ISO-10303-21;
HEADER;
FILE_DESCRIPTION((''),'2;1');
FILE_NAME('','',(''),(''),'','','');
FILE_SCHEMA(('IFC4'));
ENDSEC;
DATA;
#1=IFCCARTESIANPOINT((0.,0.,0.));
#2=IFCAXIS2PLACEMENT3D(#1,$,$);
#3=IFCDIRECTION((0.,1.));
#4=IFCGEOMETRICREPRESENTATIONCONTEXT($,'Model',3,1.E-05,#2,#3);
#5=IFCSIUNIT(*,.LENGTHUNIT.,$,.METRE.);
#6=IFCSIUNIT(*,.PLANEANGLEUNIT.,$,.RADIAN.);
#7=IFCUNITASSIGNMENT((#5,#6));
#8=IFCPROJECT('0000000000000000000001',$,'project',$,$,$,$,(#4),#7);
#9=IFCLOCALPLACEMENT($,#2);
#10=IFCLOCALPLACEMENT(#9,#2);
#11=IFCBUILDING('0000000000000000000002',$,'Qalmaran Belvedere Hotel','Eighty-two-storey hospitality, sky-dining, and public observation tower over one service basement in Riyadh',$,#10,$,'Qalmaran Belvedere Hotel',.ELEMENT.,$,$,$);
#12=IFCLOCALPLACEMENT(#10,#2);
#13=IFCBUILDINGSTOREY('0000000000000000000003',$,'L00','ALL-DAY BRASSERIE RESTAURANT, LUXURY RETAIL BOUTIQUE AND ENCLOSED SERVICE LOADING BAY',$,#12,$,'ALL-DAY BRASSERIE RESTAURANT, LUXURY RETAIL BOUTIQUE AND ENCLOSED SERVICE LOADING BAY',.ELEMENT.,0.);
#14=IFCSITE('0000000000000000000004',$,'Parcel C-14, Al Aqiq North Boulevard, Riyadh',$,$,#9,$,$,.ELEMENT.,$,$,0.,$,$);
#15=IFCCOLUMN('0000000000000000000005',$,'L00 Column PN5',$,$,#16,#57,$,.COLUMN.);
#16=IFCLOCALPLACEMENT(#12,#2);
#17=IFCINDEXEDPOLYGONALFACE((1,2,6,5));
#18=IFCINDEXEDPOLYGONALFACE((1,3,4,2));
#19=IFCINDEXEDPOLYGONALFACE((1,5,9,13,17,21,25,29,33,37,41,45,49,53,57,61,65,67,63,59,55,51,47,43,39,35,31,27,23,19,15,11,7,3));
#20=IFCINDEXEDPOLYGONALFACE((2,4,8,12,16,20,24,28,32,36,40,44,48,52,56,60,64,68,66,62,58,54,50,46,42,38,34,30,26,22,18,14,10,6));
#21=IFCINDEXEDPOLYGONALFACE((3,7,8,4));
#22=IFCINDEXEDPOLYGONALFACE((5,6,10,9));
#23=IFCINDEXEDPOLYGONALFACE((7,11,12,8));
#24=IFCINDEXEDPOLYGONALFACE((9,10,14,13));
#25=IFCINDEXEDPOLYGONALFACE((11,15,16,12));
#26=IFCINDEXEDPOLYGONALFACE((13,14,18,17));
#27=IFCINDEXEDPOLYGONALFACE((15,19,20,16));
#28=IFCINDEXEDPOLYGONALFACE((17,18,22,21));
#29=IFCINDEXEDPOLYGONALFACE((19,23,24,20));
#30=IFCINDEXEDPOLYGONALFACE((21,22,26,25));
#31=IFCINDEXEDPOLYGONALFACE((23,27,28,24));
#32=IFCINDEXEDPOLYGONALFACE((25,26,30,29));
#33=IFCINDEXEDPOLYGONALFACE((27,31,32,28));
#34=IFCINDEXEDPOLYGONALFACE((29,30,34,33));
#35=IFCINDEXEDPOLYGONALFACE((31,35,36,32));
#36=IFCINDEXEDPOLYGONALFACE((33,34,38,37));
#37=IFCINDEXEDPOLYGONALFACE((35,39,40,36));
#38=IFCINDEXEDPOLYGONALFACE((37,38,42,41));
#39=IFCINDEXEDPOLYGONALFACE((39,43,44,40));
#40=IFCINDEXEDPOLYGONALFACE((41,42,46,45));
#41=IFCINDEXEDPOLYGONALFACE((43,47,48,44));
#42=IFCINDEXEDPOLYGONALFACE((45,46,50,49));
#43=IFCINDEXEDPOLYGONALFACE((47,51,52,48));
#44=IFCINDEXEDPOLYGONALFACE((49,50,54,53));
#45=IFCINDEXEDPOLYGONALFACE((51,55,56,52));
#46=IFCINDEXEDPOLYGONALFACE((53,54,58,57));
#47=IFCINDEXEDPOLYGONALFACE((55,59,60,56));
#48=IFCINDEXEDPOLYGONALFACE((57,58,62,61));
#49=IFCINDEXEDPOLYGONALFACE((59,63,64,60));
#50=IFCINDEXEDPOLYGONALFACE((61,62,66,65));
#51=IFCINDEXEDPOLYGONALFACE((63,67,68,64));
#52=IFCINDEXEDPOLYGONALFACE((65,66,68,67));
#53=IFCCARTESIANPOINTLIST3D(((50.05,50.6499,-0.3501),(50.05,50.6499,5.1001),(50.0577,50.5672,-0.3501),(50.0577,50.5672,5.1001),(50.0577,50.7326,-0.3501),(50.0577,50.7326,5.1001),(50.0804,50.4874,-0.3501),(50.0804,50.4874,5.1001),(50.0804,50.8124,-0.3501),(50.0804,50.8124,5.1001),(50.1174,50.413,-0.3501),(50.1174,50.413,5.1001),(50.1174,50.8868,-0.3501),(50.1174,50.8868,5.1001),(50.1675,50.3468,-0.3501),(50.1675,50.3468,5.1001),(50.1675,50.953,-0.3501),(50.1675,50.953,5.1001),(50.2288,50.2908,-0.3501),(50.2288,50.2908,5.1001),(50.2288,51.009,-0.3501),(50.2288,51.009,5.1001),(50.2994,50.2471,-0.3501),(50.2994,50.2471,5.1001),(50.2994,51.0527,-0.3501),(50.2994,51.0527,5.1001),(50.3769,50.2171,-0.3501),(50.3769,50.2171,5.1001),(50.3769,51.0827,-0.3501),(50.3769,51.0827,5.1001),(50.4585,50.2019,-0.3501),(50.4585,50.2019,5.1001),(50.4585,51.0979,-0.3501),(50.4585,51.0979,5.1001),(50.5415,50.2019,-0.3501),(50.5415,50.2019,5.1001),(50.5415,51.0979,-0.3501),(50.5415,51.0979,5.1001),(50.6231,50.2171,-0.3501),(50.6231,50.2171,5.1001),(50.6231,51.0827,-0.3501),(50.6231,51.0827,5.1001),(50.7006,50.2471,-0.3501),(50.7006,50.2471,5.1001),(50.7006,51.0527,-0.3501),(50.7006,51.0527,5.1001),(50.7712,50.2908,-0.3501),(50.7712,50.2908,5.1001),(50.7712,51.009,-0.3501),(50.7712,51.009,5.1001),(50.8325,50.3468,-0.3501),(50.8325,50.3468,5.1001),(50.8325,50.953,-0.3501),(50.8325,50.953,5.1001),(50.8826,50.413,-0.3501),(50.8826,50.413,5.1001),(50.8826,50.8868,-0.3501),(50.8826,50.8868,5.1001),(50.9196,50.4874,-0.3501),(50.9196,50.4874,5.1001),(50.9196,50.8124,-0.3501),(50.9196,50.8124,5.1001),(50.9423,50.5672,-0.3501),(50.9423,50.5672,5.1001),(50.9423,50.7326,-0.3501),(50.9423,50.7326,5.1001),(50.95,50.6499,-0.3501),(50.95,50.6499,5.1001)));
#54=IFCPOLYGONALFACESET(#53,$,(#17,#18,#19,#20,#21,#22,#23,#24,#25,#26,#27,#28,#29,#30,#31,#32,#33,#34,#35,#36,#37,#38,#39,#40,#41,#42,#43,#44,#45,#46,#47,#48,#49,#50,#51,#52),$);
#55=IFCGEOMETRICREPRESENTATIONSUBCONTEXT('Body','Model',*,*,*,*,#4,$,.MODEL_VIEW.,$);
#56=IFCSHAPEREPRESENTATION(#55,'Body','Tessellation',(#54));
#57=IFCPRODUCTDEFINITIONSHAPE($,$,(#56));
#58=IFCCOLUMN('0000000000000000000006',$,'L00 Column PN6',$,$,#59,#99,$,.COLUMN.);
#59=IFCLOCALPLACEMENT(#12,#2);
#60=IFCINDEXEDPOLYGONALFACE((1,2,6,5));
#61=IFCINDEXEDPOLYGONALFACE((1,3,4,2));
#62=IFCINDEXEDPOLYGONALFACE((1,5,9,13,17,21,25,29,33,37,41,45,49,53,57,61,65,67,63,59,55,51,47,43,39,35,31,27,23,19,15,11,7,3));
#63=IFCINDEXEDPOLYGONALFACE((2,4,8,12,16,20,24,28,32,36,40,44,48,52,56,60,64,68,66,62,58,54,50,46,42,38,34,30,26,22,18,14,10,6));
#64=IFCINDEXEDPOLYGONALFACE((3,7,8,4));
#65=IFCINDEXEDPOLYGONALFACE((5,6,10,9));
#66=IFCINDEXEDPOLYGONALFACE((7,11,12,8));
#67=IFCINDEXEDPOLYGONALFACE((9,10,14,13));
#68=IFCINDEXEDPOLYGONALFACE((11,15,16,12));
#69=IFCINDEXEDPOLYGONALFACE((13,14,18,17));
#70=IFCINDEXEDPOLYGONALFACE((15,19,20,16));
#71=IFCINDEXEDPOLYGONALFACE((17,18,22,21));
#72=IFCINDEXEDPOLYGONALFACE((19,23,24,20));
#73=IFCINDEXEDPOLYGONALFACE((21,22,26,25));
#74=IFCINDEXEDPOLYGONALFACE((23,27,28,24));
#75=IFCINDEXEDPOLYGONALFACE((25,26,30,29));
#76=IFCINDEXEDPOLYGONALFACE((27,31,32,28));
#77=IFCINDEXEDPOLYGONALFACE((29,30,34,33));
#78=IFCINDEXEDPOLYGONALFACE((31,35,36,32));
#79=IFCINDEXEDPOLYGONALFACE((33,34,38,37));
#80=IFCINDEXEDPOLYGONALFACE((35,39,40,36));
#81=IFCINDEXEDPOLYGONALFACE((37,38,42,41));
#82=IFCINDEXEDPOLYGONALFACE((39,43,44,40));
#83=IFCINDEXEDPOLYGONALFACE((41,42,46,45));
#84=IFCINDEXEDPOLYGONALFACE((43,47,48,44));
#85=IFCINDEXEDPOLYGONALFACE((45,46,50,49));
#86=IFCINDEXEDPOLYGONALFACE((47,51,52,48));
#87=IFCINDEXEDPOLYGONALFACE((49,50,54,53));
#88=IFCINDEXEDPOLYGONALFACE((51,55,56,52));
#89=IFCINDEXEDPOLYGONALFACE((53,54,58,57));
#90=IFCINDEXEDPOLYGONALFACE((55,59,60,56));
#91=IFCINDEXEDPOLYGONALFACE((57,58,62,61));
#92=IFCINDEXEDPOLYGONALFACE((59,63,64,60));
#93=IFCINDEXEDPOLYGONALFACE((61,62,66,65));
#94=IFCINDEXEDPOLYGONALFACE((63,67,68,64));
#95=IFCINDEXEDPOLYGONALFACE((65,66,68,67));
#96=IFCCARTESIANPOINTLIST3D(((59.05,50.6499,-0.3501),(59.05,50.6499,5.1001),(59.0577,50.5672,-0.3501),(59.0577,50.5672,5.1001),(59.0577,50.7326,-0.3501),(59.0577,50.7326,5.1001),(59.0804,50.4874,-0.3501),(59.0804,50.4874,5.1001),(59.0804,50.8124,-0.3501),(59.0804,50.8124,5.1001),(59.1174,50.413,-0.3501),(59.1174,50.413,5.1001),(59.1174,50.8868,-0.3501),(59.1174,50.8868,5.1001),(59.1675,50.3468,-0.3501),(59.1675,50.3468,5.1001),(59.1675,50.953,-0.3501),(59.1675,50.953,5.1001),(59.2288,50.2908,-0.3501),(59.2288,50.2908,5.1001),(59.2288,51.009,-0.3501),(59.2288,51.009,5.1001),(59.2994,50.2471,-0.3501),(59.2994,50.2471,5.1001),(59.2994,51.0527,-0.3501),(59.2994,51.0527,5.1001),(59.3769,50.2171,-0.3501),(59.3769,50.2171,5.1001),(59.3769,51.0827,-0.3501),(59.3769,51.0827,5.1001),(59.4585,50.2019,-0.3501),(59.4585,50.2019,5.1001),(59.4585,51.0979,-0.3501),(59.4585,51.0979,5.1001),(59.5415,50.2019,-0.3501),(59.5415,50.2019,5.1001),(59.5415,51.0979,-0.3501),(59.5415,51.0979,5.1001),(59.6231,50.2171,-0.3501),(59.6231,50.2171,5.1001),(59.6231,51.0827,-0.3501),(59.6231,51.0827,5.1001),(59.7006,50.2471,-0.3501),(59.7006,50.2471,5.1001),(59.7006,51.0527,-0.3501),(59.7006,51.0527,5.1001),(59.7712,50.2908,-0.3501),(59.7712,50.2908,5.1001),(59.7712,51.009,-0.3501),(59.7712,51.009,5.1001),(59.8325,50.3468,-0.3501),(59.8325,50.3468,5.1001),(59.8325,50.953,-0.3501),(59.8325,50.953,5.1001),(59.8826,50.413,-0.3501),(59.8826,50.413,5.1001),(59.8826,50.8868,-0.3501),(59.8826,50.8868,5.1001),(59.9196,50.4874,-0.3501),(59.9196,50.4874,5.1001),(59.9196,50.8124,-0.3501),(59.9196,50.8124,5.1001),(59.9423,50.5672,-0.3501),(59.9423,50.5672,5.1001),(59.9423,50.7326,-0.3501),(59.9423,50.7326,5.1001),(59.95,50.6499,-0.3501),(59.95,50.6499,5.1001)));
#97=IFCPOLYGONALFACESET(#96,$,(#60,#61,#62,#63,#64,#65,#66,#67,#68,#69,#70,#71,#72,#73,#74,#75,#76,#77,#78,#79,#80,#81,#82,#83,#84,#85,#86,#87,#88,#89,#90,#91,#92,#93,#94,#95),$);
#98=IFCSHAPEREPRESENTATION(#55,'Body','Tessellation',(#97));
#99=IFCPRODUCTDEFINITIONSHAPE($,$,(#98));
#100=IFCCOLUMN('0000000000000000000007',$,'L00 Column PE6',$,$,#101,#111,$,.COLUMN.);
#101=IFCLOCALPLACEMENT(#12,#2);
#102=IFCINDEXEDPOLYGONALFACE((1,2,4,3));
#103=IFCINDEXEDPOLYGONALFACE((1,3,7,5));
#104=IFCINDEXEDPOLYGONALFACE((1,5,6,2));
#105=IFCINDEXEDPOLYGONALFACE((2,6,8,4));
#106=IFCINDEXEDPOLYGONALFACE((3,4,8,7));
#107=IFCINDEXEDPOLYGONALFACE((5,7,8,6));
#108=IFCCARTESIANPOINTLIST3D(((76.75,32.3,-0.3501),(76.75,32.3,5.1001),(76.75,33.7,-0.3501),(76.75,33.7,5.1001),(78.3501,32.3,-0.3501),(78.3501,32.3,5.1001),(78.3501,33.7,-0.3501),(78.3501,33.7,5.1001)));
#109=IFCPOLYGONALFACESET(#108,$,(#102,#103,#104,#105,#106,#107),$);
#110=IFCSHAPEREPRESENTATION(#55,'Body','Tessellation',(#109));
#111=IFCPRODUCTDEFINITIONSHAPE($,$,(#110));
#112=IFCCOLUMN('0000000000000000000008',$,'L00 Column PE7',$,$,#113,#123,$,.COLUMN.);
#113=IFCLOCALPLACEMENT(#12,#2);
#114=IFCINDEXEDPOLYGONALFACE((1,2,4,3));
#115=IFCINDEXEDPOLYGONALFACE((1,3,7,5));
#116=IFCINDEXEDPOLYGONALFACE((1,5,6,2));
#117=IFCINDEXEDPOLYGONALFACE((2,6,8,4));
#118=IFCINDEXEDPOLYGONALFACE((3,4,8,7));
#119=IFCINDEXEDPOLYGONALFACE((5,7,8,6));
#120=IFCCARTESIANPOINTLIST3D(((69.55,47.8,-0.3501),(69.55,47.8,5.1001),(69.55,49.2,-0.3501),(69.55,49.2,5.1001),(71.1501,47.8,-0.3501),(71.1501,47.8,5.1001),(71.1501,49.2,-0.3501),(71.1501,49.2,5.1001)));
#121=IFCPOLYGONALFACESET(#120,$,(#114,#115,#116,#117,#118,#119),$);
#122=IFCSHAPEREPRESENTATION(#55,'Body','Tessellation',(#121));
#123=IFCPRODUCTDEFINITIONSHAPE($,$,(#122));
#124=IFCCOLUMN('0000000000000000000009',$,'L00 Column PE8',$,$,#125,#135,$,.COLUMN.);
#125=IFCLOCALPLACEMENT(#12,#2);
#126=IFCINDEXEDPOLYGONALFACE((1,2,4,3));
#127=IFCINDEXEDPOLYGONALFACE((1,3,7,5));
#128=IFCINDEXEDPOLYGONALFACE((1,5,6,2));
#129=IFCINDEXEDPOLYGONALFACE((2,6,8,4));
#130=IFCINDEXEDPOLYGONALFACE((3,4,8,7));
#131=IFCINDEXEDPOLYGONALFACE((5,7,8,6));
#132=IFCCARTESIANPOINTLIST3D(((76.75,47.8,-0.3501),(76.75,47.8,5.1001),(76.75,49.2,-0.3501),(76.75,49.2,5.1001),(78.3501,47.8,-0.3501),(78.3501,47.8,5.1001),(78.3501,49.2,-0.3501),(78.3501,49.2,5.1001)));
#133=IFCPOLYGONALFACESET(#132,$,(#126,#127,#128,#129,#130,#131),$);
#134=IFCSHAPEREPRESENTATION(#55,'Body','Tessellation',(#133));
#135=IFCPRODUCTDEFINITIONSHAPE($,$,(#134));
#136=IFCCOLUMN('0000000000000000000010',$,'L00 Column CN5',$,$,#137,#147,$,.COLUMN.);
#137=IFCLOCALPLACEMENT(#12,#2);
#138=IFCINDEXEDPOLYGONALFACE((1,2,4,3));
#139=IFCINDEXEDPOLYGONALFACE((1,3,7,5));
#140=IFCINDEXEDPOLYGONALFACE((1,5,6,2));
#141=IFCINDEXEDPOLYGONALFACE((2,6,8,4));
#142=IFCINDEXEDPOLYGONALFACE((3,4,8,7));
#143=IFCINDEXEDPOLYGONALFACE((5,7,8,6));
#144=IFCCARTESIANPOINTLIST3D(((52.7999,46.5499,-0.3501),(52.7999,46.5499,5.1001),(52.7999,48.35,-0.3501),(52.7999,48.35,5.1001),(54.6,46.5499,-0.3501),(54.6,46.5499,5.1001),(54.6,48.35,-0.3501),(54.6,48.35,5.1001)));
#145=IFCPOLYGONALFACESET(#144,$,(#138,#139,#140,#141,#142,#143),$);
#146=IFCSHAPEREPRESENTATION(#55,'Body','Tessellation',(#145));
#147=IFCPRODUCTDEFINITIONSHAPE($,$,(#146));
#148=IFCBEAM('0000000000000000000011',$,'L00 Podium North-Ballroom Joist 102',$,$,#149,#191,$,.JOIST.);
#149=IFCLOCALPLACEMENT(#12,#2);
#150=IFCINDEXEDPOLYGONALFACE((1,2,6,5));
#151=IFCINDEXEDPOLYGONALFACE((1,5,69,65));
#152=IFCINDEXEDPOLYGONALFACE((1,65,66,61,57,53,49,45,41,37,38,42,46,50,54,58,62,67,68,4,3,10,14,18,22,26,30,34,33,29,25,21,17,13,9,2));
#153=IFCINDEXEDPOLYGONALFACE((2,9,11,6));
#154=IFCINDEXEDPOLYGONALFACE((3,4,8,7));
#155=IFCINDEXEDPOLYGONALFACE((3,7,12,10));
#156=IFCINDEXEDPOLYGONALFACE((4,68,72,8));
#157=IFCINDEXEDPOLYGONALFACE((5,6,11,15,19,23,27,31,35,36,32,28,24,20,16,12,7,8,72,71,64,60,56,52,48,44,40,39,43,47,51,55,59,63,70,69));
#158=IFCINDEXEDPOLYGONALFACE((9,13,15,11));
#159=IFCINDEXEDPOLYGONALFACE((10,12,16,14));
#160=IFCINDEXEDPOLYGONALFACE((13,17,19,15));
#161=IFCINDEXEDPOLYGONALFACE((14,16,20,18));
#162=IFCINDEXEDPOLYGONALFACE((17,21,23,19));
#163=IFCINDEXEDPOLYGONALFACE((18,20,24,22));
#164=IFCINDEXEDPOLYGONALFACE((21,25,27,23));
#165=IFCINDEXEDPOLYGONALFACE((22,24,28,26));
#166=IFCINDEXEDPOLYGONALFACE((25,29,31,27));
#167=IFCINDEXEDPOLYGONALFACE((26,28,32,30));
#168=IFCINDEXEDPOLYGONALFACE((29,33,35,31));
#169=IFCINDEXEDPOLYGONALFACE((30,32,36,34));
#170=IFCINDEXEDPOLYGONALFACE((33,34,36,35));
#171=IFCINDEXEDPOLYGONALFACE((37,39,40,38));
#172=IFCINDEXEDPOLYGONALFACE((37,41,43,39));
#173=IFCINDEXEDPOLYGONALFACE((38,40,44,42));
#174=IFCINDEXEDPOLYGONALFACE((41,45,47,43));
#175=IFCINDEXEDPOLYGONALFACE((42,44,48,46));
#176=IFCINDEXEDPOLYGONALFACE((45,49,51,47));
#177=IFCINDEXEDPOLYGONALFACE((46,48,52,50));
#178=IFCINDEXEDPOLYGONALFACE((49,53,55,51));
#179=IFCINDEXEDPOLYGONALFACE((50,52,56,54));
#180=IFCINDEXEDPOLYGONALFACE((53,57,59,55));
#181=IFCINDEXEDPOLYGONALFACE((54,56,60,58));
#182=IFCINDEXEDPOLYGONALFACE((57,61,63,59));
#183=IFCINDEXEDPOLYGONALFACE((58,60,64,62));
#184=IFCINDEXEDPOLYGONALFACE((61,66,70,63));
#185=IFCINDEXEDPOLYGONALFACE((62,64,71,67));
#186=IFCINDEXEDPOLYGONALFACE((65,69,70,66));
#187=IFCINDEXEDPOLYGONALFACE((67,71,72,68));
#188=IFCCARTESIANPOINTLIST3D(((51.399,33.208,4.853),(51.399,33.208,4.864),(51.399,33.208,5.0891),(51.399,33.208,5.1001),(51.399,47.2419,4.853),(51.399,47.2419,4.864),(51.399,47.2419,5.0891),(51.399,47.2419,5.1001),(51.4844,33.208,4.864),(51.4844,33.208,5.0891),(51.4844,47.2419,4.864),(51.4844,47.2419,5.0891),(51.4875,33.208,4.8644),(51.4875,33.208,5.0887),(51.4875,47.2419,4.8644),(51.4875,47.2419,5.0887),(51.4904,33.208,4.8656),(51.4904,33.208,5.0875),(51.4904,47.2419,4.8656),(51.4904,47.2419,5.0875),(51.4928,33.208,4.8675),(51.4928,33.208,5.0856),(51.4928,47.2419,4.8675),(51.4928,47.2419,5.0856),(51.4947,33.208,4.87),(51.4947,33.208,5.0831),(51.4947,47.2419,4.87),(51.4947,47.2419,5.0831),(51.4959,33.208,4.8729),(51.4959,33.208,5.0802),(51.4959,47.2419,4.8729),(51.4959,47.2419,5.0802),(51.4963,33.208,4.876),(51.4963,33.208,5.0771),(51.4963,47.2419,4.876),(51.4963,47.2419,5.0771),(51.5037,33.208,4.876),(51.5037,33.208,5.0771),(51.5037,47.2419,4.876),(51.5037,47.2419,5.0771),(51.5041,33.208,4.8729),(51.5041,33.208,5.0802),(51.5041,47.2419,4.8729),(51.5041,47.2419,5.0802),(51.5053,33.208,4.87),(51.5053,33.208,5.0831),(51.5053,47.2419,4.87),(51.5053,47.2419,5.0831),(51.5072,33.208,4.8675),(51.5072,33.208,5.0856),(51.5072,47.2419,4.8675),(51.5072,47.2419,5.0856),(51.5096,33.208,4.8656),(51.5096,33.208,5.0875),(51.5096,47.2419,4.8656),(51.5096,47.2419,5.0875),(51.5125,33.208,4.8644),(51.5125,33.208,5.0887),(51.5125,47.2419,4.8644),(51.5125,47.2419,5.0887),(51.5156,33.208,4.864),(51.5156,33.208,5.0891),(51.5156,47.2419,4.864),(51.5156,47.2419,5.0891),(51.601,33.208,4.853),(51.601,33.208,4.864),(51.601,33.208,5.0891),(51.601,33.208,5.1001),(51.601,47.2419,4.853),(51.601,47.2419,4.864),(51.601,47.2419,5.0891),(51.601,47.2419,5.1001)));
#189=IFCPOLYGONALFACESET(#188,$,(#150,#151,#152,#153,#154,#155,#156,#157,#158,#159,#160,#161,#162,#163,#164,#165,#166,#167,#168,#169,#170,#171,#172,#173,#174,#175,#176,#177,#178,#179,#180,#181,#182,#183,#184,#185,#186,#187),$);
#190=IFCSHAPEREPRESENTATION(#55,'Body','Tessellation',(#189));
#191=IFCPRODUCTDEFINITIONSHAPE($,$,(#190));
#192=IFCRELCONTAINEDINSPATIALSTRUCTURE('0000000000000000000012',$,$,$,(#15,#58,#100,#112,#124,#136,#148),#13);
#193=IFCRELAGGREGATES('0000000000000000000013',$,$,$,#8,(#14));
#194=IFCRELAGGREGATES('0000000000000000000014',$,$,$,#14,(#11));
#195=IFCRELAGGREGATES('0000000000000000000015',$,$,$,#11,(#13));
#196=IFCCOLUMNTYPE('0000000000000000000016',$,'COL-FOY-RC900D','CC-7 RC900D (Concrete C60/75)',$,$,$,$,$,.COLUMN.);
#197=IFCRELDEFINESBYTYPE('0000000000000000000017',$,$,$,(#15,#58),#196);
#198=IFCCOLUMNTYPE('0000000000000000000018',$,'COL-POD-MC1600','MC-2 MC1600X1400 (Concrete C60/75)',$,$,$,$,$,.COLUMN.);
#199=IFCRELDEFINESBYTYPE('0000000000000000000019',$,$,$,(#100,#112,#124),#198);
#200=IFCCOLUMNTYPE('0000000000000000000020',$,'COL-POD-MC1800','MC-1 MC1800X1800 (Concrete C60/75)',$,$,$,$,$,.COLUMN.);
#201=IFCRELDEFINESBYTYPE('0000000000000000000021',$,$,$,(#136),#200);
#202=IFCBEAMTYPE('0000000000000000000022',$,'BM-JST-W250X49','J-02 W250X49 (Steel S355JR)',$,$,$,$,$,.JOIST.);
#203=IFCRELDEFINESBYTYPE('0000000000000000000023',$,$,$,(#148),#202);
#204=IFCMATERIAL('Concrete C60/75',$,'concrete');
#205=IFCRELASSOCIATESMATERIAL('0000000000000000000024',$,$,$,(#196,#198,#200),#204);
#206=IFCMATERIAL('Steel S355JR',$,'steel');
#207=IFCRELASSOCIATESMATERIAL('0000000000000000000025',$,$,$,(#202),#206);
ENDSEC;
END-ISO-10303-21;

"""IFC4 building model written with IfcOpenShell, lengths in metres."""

from ifc_helpers import new_model, si_unit, direction, frame, origin, origin_2d, place, context, subcontext, project, spatial, rectangle, circle, i_section, extrude, material, material_profile, profile_set, type_object, element, save


model = new_model("IFC4")

# Units and contexts
model_context = context("Model", 3, precision=1e-05, world=origin(), true_north=direction((0.0, 1.0)))
body_context = subcontext(model_context, "Body", "Model", "MODEL_VIEW")
ifc_project = project(units=[si_unit("LENGTHUNIT", "METRE"), si_unit("PLANEANGLEUNIT", "RADIAN")], contexts=[model_context])

# Site, building, storey
site_placement = place(None, origin())
site = spatial("IfcSite", under=ifc_project, at=site_placement, Name="Parcel C-14, Al Aqiq North Boulevard, Riyadh", CompositionType="ELEMENT", RefElevation=0.0)
building_placement = place(site_placement, origin())
building = spatial("IfcBuilding", under=site, at=building_placement, Name="Qalmaran Belvedere Hotel", Description="Eighty-two-storey hospitality, sky-dining, and public observation tower over one service basement in Riyadh", LongName="Qalmaran Belvedere Hotel", CompositionType="ELEMENT")
storey_placement = place(building_placement, origin())
storey = spatial("IfcBuildingStorey", under=building, at=storey_placement, Name="L00", Description="ALL-DAY BRASSERIE RESTAURANT, LUXURY RETAIL BOUTIQUE AND ENCLOSED SERVICE LOADING BAY", LongName="ALL-DAY BRASSERIE RESTAURANT, LUXURY RETAIL BOUTIQUE AND ENCLOSED SERVICE LOADING BAY", CompositionType="ELEMENT", Elevation=0.0)

# Columns
ifc_material_1 = material(Name="Concrete C60/75", Category="concrete")
ifc_material_profile_1 = material_profile(ifc_material_1, circle(Radius=0.45, at=origin_2d()), Name="RC900D")
ifc_profile_set_1 = profile_set([ifc_material_profile_1], Name="Concrete C60/75")
column_type_1 = type_object("IfcColumnType", Name="COL-FOY-RC900D", Description="CC-7 RC900D (Concrete C60/75)", PredefinedType="COLUMN", material=ifc_profile_set_1)
for number, where, z_axis, x_axis, name in (
    (1, (50.5, 50.6499, -0.3501), (0.0, 0.0, 1.0), (1.0, 0.0, 0.0), "L00 Column PN5"),
    (2, (59.5, 50.6499, -0.3501), (0.0, 0.0, 1.0), (1.0, 0.0, 0.0), "L00 Column PN6"),
):
    element("IfcColumn", number, at=place(storey_placement, frame(where, z_axis=z_axis, x_axis=x_axis)), inside=storey, type_object=column_type_1, Name=name, PredefinedType="COLUMN", context=body_context, shape_type="SweptSolid", body=[
        extrude(circle(Radius=0.45, at=origin_2d()), origin(), (0.0, 0.0, 1.0), 5.4502),
    ])
ifc_material_profile_2 = material_profile(ifc_material_1, rectangle(XDim=1.6001, YDim=1.3999, at=origin_2d()), Name="MC1600X1400")
ifc_profile_set_2 = profile_set([ifc_material_profile_2], Name="Concrete C60/75")
column_type_2 = type_object("IfcColumnType", Name="COL-POD-MC1600", Description="MC-2 MC1600X1400 (Concrete C60/75)", PredefinedType="COLUMN", material=ifc_profile_set_2)
for number, where, z_axis, x_axis, name in (
    (3, (77.55, 33.0, -0.3501), (0.0, 0.0, 1.0), (1.0, 0.0, 0.0), "L00 Column PE6"),
    (4, (70.3501, 48.5, -0.3501), (0.0, 0.0, 1.0), (1.0, 0.0, 0.0), "L00 Column PE7"),
    (5, (77.55, 48.5, -0.3501), (0.0, 0.0, 1.0), (1.0, 0.0, 0.0), "L00 Column PE8"),
):
    element("IfcColumn", number, at=place(storey_placement, frame(where, z_axis=z_axis, x_axis=x_axis)), inside=storey, type_object=column_type_2, Name=name, PredefinedType="COLUMN", context=body_context, shape_type="SweptSolid", body=[
        extrude(rectangle(XDim=1.6001, YDim=1.3999, at=origin_2d()), origin(), (0.0, 0.0, 1.0), 5.4502),
    ])
ifc_material_profile_3 = material_profile(ifc_material_1, rectangle(XDim=1.8, YDim=1.8, at=origin_2d()), Name="MC1800X1800")
ifc_profile_set_3 = profile_set([ifc_material_profile_3], Name="Concrete C60/75")
column_type_3 = type_object("IfcColumnType", Name="COL-POD-MC1800", Description="MC-1 MC1800X1800 (Concrete C60/75)", PredefinedType="COLUMN", material=ifc_profile_set_3)
column_placement = place(storey_placement, frame((53.7, 47.45, -0.3501), z_axis=(0.0, 0.0, 1.0), x_axis=(1.0, 0.0, 0.0)))
element("IfcColumn", 6, at=column_placement, inside=storey, type_object=column_type_3, Name="L00 Column CN5", PredefinedType="COLUMN", context=body_context, shape_type="SweptSolid", body=[
    extrude(rectangle(XDim=1.8, YDim=1.8, at=origin_2d()), origin(), (0.0, 0.0, 1.0), 5.4502),
])

# Beam
ifc_material_2 = material(Name="Steel S355JR", Category="steel")
ifc_material_profile_4 = material_profile(ifc_material_2, i_section(OverallWidth=0.2019, OverallDepth=0.2471, WebThickness=0.0073, FlangeThickness=0.011, FilletRadius=0.012, at=origin_2d()), Name="W250X49")
ifc_profile_set_4 = profile_set([ifc_material_profile_4], Name="Steel S355JR")
beam_type_1 = type_object("IfcBeamType", Name="BM-JST-W250X49", Description="J-02 W250X49 (Steel S355JR)", PredefinedType="JOIST", material=ifc_profile_set_4)
beam_1_placement = place(storey_placement, frame((51.5, 33.208, 4.9766), z_axis=(0.0, 1.0, 0.0), x_axis=(-1.0, 0.0, 0.0)))
element("IfcBeam", 7, at=beam_1_placement, inside=storey, type_object=beam_type_1, Name="L00 Podium North-Ballroom Joist 102", PredefinedType="JOIST", context=body_context, shape_type="SweptSolid", body=[
    extrude(i_section(OverallWidth=0.2019, OverallDepth=0.2471, WebThickness=0.0073, FlangeThickness=0.011, FilletRadius=0.012, at=origin_2d()), origin(), (0.0, 0.0, 1.0), 14.0339),
])

save(model, "model.ifc")
